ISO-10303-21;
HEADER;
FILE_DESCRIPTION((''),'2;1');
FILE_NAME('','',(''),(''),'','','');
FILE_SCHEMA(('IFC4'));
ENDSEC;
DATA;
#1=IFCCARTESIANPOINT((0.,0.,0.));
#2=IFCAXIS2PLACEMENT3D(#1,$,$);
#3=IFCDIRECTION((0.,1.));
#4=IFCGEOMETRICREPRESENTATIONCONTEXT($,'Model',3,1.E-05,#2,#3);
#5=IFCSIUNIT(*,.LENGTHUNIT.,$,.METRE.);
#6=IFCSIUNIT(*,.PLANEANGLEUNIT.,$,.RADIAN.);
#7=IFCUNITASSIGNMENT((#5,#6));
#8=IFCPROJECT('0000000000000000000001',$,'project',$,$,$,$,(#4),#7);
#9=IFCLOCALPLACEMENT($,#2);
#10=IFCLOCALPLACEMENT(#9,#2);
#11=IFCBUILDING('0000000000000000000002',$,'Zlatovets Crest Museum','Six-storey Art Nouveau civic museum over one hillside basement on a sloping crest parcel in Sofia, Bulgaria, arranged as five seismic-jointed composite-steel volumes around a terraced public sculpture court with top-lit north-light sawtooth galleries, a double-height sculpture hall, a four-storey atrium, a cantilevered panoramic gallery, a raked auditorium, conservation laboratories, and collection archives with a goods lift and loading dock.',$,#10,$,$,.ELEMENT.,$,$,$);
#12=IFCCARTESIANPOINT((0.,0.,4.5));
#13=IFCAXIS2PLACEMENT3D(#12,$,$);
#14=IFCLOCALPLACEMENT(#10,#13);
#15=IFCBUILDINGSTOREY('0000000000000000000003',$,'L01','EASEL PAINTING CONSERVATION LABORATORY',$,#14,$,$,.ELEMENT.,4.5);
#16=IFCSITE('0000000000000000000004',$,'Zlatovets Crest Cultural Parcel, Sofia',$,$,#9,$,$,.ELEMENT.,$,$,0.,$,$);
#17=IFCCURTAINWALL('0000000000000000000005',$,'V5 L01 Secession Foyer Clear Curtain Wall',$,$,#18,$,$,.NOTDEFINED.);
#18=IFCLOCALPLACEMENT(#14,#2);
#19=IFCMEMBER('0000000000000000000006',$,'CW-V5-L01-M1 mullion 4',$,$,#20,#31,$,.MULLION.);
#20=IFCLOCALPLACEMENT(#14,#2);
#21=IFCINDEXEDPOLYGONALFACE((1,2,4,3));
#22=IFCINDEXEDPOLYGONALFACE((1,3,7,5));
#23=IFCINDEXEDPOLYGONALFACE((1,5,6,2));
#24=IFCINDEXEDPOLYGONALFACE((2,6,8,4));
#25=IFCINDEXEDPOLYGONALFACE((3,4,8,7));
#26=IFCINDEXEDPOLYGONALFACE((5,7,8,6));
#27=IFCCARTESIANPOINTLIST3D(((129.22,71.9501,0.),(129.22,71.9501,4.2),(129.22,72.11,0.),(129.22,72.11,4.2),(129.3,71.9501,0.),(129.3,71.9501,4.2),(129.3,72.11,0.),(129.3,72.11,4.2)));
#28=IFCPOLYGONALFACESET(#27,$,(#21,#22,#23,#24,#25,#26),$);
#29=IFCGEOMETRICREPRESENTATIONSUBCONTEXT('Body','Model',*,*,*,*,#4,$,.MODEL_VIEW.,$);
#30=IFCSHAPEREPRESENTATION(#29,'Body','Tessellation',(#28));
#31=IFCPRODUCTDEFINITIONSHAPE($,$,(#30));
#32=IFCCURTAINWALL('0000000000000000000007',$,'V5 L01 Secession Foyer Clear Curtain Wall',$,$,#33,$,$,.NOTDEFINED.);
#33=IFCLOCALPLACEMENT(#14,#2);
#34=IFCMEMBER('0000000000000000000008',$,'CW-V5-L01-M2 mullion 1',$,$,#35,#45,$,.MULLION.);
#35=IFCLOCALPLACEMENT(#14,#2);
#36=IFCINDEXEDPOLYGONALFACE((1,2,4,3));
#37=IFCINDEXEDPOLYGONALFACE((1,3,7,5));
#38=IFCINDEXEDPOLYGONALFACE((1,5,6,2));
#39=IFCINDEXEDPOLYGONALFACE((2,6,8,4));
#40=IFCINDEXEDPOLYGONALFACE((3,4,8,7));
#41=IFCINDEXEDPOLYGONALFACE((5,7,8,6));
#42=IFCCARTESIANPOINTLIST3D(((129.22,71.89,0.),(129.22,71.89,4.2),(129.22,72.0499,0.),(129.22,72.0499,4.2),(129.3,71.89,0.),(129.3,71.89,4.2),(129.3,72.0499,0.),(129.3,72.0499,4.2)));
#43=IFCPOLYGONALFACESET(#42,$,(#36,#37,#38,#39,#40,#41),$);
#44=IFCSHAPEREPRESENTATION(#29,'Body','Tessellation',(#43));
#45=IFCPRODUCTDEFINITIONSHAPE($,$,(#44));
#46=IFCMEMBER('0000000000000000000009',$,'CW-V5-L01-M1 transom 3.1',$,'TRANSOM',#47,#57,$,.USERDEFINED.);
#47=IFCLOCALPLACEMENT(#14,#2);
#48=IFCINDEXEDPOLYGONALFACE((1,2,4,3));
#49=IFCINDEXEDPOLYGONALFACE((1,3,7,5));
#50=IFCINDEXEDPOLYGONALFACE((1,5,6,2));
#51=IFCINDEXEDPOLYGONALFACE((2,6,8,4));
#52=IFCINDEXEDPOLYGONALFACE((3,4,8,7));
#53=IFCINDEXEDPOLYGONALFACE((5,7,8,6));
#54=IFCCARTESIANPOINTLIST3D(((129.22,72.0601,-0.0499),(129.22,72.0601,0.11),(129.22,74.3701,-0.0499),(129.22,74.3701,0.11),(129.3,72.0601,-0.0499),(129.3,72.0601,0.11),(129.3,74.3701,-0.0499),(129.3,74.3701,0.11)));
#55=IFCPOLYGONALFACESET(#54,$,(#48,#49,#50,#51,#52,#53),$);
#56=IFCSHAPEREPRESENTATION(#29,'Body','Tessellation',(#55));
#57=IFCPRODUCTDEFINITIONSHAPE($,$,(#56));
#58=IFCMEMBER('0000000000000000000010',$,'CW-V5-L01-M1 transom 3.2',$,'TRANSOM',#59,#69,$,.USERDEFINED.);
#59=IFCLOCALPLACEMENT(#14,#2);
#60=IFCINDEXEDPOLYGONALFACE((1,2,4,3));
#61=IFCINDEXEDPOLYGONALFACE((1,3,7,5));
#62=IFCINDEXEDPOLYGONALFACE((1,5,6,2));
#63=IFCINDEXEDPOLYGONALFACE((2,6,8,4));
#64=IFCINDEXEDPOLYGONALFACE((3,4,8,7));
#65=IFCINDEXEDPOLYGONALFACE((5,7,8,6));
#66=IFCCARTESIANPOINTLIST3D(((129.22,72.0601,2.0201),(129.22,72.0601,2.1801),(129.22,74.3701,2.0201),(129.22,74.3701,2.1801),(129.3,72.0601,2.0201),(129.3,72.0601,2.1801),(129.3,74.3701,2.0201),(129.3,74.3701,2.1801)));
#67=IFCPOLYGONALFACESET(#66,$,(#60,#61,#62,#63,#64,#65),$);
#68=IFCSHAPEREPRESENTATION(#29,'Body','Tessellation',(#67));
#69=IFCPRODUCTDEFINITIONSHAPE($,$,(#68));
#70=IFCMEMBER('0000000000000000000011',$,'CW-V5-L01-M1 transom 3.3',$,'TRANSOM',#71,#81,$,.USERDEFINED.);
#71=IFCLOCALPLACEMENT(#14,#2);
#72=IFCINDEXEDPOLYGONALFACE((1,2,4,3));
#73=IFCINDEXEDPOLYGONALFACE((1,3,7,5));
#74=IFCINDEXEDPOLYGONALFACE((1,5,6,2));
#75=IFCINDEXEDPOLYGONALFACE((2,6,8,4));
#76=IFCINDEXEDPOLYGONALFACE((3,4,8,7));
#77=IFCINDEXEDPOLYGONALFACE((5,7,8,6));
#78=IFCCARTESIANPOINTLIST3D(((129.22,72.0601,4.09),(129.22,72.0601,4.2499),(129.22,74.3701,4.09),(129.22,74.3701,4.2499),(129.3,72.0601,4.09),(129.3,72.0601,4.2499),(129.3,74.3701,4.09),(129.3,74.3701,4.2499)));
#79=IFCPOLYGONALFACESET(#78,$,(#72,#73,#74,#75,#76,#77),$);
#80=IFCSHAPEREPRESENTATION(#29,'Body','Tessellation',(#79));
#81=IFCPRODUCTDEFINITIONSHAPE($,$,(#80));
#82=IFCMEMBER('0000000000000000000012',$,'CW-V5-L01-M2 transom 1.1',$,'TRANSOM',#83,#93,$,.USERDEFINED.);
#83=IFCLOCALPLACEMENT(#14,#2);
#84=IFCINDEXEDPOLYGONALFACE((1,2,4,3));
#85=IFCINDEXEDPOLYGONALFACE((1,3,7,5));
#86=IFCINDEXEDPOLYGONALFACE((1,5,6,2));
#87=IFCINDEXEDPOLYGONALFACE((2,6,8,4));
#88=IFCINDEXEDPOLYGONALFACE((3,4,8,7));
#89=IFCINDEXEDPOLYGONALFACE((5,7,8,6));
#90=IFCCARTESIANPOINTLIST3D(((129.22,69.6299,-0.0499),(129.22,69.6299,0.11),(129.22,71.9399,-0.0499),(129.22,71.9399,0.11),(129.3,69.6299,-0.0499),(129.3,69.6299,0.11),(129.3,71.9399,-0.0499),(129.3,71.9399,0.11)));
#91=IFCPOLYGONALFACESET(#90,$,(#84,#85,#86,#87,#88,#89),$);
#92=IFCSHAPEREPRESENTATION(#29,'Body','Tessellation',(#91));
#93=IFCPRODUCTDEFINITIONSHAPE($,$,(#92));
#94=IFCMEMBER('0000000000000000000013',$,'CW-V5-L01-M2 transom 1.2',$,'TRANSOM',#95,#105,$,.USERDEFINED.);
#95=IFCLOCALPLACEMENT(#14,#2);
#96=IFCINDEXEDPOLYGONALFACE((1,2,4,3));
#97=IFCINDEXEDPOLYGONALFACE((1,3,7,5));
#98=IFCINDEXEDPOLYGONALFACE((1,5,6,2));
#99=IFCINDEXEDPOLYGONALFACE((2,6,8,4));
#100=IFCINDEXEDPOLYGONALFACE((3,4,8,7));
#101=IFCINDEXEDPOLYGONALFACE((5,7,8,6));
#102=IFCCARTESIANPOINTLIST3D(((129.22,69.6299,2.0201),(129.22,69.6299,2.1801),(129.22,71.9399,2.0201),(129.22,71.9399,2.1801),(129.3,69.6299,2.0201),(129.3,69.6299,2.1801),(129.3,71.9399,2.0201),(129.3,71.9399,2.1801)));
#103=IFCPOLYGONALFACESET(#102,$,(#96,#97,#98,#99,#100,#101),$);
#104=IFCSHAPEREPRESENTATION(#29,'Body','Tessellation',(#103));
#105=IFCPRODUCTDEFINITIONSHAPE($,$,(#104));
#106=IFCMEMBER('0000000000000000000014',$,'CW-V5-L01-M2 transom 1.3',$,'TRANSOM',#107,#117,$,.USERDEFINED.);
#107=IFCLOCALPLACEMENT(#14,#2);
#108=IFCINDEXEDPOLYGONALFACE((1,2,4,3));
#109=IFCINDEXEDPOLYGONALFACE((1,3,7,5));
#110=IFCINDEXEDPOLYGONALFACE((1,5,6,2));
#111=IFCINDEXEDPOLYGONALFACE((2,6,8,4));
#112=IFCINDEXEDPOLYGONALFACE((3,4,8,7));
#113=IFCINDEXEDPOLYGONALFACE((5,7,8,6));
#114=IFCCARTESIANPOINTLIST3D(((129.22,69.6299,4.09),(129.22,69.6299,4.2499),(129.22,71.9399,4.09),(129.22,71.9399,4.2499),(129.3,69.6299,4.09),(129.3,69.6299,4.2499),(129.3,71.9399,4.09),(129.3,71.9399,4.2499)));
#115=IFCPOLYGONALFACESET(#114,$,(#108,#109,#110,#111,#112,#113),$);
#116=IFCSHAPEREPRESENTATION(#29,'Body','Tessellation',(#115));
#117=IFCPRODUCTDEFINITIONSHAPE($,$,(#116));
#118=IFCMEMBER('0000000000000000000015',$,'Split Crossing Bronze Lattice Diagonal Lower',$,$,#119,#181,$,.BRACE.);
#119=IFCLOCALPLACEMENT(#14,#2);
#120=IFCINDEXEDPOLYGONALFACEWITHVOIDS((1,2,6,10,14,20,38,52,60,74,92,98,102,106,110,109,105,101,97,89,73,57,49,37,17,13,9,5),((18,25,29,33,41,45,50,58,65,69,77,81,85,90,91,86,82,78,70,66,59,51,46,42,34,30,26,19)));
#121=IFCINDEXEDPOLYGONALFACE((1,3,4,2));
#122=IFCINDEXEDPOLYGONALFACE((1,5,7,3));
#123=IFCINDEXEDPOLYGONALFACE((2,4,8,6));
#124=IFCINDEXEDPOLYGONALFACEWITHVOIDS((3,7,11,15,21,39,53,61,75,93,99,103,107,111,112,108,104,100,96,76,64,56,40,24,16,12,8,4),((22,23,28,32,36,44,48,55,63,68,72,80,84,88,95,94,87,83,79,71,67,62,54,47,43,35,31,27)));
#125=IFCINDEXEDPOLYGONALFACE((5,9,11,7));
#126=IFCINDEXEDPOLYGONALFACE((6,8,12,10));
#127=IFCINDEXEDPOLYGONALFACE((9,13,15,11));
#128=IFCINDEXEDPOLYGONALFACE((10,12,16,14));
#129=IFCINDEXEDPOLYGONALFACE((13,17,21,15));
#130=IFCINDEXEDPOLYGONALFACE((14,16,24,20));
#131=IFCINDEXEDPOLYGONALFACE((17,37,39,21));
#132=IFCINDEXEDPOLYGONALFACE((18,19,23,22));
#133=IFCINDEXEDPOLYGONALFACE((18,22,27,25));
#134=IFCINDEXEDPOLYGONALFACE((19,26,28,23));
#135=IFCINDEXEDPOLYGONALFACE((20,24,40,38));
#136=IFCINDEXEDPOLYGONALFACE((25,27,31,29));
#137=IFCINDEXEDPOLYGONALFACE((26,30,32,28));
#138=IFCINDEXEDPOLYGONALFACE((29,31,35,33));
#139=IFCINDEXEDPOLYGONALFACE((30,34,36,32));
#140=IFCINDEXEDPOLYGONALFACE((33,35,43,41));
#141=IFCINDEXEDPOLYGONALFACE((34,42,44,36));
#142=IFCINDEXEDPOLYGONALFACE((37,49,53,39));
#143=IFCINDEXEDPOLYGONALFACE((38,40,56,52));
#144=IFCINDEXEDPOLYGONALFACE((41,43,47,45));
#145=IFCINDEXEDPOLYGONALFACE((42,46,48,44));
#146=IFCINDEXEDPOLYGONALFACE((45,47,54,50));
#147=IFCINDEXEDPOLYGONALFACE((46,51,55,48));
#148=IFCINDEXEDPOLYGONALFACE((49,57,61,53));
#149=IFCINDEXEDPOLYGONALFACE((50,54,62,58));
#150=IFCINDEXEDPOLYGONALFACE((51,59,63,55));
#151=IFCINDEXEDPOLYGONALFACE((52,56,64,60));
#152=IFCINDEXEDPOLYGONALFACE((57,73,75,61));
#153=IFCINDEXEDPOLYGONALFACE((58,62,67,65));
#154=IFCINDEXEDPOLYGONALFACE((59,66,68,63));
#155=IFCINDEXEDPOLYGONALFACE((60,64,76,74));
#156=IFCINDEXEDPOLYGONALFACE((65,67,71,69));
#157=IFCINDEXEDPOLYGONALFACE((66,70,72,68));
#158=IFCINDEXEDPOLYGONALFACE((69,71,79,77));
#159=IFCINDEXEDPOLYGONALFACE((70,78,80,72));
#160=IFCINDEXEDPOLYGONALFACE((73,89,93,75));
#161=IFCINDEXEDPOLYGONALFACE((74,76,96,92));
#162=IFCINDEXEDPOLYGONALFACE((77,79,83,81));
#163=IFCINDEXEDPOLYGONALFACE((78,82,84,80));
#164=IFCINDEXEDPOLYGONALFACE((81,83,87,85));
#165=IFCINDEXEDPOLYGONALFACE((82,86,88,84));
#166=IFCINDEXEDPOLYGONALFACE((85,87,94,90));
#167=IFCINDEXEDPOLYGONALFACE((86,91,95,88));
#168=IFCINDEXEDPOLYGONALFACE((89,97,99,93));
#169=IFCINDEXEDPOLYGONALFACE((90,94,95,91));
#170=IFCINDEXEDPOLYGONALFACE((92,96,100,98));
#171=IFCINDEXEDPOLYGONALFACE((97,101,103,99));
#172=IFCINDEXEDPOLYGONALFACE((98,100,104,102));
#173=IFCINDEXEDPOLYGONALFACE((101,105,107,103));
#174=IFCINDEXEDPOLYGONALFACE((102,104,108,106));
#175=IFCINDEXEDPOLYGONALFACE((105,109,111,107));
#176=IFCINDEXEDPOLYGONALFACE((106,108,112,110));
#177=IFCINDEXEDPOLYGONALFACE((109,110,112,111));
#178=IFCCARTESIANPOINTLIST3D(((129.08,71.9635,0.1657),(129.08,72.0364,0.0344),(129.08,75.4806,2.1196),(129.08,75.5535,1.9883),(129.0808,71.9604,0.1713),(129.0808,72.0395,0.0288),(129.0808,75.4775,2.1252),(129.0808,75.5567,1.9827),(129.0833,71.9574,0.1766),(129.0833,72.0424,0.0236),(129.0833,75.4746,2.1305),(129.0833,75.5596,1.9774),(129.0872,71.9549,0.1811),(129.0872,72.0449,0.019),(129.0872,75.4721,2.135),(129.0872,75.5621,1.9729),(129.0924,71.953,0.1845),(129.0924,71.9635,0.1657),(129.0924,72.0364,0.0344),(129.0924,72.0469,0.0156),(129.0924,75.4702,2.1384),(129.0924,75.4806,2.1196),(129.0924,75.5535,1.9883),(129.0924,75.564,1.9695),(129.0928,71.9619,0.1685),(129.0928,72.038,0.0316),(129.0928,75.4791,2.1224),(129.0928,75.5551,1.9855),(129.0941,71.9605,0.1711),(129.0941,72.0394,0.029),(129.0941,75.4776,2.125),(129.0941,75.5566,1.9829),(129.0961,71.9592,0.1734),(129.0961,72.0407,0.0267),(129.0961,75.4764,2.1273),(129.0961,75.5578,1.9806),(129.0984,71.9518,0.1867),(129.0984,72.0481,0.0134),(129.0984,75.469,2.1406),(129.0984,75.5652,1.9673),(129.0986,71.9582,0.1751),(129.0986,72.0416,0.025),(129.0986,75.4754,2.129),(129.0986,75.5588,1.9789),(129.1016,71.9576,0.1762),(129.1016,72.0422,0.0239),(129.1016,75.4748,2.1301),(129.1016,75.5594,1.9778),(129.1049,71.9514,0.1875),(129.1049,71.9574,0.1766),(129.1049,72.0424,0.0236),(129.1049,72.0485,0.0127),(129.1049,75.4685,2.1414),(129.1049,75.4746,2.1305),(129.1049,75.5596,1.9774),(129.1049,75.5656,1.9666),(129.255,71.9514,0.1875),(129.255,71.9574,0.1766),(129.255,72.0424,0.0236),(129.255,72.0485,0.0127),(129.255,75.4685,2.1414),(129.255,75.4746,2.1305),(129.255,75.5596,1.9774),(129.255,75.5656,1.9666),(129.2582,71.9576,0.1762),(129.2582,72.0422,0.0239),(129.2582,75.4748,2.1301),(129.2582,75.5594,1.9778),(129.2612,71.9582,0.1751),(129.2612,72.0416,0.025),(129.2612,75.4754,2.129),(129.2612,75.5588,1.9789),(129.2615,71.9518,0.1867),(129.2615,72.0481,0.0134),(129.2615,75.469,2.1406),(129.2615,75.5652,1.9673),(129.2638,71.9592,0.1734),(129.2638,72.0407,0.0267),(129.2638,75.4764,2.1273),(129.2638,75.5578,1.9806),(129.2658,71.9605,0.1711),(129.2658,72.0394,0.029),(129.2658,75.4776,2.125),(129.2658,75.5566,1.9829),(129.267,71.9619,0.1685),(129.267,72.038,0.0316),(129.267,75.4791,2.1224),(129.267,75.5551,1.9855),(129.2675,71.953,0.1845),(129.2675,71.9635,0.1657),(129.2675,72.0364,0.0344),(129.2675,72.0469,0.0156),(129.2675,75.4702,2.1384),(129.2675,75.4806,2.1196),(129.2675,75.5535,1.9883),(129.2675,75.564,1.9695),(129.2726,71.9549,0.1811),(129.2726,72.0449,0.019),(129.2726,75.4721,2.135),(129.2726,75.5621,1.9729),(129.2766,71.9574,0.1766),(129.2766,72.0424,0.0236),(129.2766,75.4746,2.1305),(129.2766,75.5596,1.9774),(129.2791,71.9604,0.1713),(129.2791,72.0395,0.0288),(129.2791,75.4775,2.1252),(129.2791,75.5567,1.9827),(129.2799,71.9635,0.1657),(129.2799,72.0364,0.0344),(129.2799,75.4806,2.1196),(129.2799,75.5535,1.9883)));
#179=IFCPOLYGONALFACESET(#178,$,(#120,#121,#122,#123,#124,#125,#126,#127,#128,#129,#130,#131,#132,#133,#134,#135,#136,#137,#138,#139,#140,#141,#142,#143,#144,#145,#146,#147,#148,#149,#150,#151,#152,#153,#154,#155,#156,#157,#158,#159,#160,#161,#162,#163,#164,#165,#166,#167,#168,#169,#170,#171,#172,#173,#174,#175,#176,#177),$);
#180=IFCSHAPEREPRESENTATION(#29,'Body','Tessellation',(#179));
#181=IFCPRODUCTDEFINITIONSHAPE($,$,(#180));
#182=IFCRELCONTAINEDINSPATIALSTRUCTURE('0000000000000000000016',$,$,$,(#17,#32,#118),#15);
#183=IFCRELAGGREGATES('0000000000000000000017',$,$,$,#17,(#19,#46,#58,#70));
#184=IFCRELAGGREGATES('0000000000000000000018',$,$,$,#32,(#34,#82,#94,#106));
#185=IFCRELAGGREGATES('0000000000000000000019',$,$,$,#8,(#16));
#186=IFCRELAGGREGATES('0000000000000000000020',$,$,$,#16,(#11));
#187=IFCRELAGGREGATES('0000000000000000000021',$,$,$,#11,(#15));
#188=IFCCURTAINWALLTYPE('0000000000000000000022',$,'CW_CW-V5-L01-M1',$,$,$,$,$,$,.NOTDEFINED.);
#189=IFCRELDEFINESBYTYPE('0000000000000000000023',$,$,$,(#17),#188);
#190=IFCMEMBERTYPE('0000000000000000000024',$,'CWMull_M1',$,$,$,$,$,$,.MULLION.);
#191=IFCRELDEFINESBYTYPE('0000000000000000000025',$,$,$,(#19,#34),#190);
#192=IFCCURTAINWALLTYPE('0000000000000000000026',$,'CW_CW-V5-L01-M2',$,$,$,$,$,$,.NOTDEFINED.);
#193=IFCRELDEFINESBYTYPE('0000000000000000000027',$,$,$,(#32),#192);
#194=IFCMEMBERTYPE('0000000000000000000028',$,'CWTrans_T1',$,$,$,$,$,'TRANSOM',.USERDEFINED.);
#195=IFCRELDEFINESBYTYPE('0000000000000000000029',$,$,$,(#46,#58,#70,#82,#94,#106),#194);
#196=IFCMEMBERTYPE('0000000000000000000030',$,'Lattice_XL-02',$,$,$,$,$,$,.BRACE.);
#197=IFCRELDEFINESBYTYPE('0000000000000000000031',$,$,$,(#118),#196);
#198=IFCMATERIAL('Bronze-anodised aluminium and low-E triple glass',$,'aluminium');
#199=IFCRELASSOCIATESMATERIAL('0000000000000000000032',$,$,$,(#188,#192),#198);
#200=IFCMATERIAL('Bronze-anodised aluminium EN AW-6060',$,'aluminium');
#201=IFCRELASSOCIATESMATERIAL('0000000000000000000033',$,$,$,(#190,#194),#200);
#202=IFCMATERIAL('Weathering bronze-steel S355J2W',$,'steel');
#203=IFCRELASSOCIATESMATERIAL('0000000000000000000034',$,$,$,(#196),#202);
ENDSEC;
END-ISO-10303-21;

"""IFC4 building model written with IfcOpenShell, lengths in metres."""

from ifc_helpers import new_model, si_unit, direction, frame, origin, origin_2d, place, context, subcontext, project, spatial, rectangle, hollow_rectangle, extrude, material, material_profile, profile_set, type_object, element, aggregate, save


model = new_model("IFC4")

# Units and contexts
model_context = context("Model", 3, precision=1e-05, world=origin(), true_north=direction((0.0, 1.0)))
body_context = subcontext(model_context, "Body", "Model", "MODEL_VIEW")
ifc_project = project(units=[si_unit("LENGTHUNIT", "METRE"), si_unit("PLANEANGLEUNIT", "RADIAN")], contexts=[model_context])

# Site, building, storey
site_placement = place(None, origin())
site = spatial("IfcSite", under=ifc_project, at=site_placement, Name="Zlatovets Crest Cultural Parcel, Sofia", CompositionType="ELEMENT", RefElevation=0.0)
building_placement = place(site_placement, origin())
building = spatial("IfcBuilding", under=site, at=building_placement, Name="Zlatovets Crest Museum", Description="Six-storey Art Nouveau civic museum over one hillside basement on a sloping crest parcel in Sofia, Bulgaria, arranged as five seismic-jointed composite-steel volumes around a terraced public sculpture court with top-lit north-light sawtooth galleries, a double-height sculpture hall, a four-storey atrium, a cantilevered panoramic gallery, a raked auditorium, conservation laboratories, and collection archives with a goods lift and loading dock.", CompositionType="ELEMENT")
storey_placement = place(building_placement, frame((0.0, 0.0, 4.5)))
storey = spatial("IfcBuildingStorey", under=building, at=storey_placement, Name="L01", Description="EASEL PAINTING CONSERVATION LABORATORY", CompositionType="ELEMENT", Elevation=4.5)

# Curtain walls, members
ifc_material_1 = material(Name="Bronze-anodised aluminium and low-E triple glass", Category="aluminium")
curtain_wall_type_1 = type_object("IfcCurtainWallType", Name="CW_CW-V5-L01-M1", PredefinedType="NOTDEFINED", material=ifc_material_1)
curtain_wall_1_placement = place(storey_placement, origin())
curtain_wall_1 = element("IfcCurtainWall", 1, at=curtain_wall_1_placement, inside=storey, type_object=curtain_wall_type_1, Name="V5 L01 Secession Foyer Clear Curtain Wall", PredefinedType="NOTDEFINED")
ifc_material_2 = material(Name="Bronze-anodised aluminium EN AW-6060", Category="aluminium")
ifc_material_profile_1 = material_profile(ifc_material_2, rectangle(XDim=0.0801, YDim=0.1599, at=origin_2d()), Name="ALU 80x160")
ifc_profile_set_1 = profile_set([ifc_material_profile_1], Name="Bronze-anodised aluminium EN AW-6060")
member_type_1 = type_object("IfcMemberType", Name="CWMull_M1", PredefinedType="MULLION", material=ifc_profile_set_1)
member_1_placement = place(storey_placement, frame((129.26, 72.03, 0.0), z_axis=(0.0, 0.0, 1.0), x_axis=(1.0, 0.0, 0.0)))
member_1 = element("IfcMember", 2, at=member_1_placement, type_object=member_type_1, Name="CW-V5-L01-M1 mullion 4", PredefinedType="MULLION", context=body_context, shape_type="SweptSolid", body=[
    extrude(rectangle(XDim=0.0801, YDim=0.1599, at=origin_2d()), origin(), (0.0, 0.0, 1.0), 4.2),
])
curtain_wall_type_2 = type_object("IfcCurtainWallType", Name="CW_CW-V5-L01-M2", PredefinedType="NOTDEFINED", material=ifc_material_1)
curtain_wall_2_placement = place(storey_placement, origin())
curtain_wall_2 = element("IfcCurtainWall", 3, at=curtain_wall_2_placement, inside=storey, type_object=curtain_wall_type_2, Name="V5 L01 Secession Foyer Clear Curtain Wall", PredefinedType="NOTDEFINED")
member_2_placement = place(storey_placement, frame((129.26, 71.97, 0.0), z_axis=(0.0, 0.0, 1.0), x_axis=(1.0, 0.0, 0.0)))
member_2 = element("IfcMember", 4, at=member_2_placement, type_object=member_type_1, Name="CW-V5-L01-M2 mullion 1", PredefinedType="MULLION", context=body_context, shape_type="SweptSolid", body=[
    extrude(rectangle(XDim=0.0801, YDim=0.1599, at=origin_2d()), origin(), (0.0, 0.0, 1.0), 4.2),
])

# Members
ifc_material_profile_2 = material_profile(ifc_material_2, rectangle(XDim=0.0801, YDim=0.1599, at=origin_2d()), Name="ALU 80x160")
ifc_profile_set_2 = profile_set([ifc_material_profile_2], Name="Bronze-anodised aluminium EN AW-6060")
member_type_2 = type_object("IfcMemberType", Name="CWTrans_T1", ElementType="TRANSOM", PredefinedType="USERDEFINED", material=ifc_profile_set_2)
member_3_placement = place(storey_placement, frame((129.26, 74.3701, 0.03), z_axis=(0.0, -1.0, 0.0), x_axis=(1.0, 0.0, 0.0)))
member_3 = element("IfcMember", 5, at=member_3_placement, type_object=member_type_2, Name="CW-V5-L01-M1 transom 3.1", ObjectType="TRANSOM", PredefinedType="USERDEFINED", context=body_context, shape_type="SweptSolid", body=[
    extrude(rectangle(XDim=0.0801, YDim=0.1599, at=origin_2d()), origin(), (0.0, 0.0, 1.0), 2.3101),
])
member_4_placement = place(storey_placement, frame((129.26, 74.3701, 2.1001), z_axis=(0.0, -1.0, 0.0), x_axis=(1.0, 0.0, 0.0)))
member_4 = element("IfcMember", 6, at=member_4_placement, type_object=member_type_2, Name="CW-V5-L01-M1 transom 3.2", ObjectType="TRANSOM", PredefinedType="USERDEFINED", context=body_context, shape_type="SweptSolid", body=[
    extrude(rectangle(XDim=0.0801, YDim=0.1599, at=origin_2d()), origin(), (0.0, 0.0, 1.0), 2.3101),
])
member_5_placement = place(storey_placement, frame((129.26, 74.3701, 4.1699), z_axis=(0.0, -1.0, 0.0), x_axis=(1.0, 0.0, 0.0)))
member_5 = element("IfcMember", 7, at=member_5_placement, type_object=member_type_2, Name="CW-V5-L01-M1 transom 3.3", ObjectType="TRANSOM", PredefinedType="USERDEFINED", context=body_context, shape_type="SweptSolid", body=[
    extrude(rectangle(XDim=0.0801, YDim=0.1599, at=origin_2d()), origin(), (0.0, 0.0, 1.0), 2.3101),
])
member_6_placement = place(storey_placement, frame((129.26, 71.9399, 0.03), z_axis=(0.0, -1.0, 0.0), x_axis=(1.0, 0.0, 0.0)))
member_6 = element("IfcMember", 8, at=member_6_placement, type_object=member_type_2, Name="CW-V5-L01-M2 transom 1.1", ObjectType="TRANSOM", PredefinedType="USERDEFINED", context=body_context, shape_type="SweptSolid", body=[
    extrude(rectangle(XDim=0.0801, YDim=0.1599, at=origin_2d()), origin(), (0.0, 0.0, 1.0), 2.3101),
])
member_7_placement = place(storey_placement, frame((129.26, 71.9399, 2.1001), z_axis=(0.0, -1.0, 0.0), x_axis=(1.0, 0.0, 0.0)))
member_7 = element("IfcMember", 9, at=member_7_placement, type_object=member_type_2, Name="CW-V5-L01-M2 transom 1.2", ObjectType="TRANSOM", PredefinedType="USERDEFINED", context=body_context, shape_type="SweptSolid", body=[
    extrude(rectangle(XDim=0.0801, YDim=0.1599, at=origin_2d()), origin(), (0.0, 0.0, 1.0), 2.3101),
])
member_8_placement = place(storey_placement, frame((129.26, 71.9399, 4.1699), z_axis=(0.0, -1.0, 0.0), x_axis=(1.0, 0.0, 0.0)))
member_8 = element("IfcMember", 10, at=member_8_placement, type_object=member_type_2, Name="CW-V5-L01-M2 transom 1.3", ObjectType="TRANSOM", PredefinedType="USERDEFINED", context=body_context, shape_type="SweptSolid", body=[
    extrude(rectangle(XDim=0.0801, YDim=0.1599, at=origin_2d()), origin(), (0.0, 0.0, 1.0), 2.3101),
])

# Member
ifc_material_3 = material(Name="Weathering bronze-steel S355J2W", Category="steel")
ifc_material_profile_3 = material_profile(ifc_material_3, hollow_rectangle(XDim=0.2, YDim=0.2, WallThickness=0.0125, InnerFilletRadius=0.0125, OuterFilletRadius=0.0249, at=origin_2d()), Name="SHS 200x200x12.5")
ifc_profile_set_3 = profile_set([ifc_material_profile_3], Name="Weathering bronze-steel S355J2W")
member_type_3 = type_object("IfcMemberType", Name="Lattice_XL-02", PredefinedType="BRACE", material=ifc_profile_set_3)
member_9_placement = place(storey_placement, frame((129.1799, 75.5171, 2.054), z_axis=(0.0, -0.874166, -0.485627), x_axis=(1.0, 0.0, 0.0)))
element("IfcMember", 11, at=member_9_placement, inside=storey, type_object=member_type_3, Name="Split Crossing Bronze Lattice Diagonal Lower", PredefinedType="BRACE", context=body_context, shape_type="SweptSolid", body=[
    extrude(hollow_rectangle(XDim=0.2, YDim=0.2, WallThickness=0.0125, InnerFilletRadius=0.0125, OuterFilletRadius=0.0249, at=origin_2d()), origin(), (0.0, 0.0, 1.0), 4.0234),
])

aggregate(curtain_wall_1, [member_1, member_3, member_4, member_5])
aggregate(curtain_wall_2, [member_2, member_6, member_7, member_8])

save(model, "model.ifc")
